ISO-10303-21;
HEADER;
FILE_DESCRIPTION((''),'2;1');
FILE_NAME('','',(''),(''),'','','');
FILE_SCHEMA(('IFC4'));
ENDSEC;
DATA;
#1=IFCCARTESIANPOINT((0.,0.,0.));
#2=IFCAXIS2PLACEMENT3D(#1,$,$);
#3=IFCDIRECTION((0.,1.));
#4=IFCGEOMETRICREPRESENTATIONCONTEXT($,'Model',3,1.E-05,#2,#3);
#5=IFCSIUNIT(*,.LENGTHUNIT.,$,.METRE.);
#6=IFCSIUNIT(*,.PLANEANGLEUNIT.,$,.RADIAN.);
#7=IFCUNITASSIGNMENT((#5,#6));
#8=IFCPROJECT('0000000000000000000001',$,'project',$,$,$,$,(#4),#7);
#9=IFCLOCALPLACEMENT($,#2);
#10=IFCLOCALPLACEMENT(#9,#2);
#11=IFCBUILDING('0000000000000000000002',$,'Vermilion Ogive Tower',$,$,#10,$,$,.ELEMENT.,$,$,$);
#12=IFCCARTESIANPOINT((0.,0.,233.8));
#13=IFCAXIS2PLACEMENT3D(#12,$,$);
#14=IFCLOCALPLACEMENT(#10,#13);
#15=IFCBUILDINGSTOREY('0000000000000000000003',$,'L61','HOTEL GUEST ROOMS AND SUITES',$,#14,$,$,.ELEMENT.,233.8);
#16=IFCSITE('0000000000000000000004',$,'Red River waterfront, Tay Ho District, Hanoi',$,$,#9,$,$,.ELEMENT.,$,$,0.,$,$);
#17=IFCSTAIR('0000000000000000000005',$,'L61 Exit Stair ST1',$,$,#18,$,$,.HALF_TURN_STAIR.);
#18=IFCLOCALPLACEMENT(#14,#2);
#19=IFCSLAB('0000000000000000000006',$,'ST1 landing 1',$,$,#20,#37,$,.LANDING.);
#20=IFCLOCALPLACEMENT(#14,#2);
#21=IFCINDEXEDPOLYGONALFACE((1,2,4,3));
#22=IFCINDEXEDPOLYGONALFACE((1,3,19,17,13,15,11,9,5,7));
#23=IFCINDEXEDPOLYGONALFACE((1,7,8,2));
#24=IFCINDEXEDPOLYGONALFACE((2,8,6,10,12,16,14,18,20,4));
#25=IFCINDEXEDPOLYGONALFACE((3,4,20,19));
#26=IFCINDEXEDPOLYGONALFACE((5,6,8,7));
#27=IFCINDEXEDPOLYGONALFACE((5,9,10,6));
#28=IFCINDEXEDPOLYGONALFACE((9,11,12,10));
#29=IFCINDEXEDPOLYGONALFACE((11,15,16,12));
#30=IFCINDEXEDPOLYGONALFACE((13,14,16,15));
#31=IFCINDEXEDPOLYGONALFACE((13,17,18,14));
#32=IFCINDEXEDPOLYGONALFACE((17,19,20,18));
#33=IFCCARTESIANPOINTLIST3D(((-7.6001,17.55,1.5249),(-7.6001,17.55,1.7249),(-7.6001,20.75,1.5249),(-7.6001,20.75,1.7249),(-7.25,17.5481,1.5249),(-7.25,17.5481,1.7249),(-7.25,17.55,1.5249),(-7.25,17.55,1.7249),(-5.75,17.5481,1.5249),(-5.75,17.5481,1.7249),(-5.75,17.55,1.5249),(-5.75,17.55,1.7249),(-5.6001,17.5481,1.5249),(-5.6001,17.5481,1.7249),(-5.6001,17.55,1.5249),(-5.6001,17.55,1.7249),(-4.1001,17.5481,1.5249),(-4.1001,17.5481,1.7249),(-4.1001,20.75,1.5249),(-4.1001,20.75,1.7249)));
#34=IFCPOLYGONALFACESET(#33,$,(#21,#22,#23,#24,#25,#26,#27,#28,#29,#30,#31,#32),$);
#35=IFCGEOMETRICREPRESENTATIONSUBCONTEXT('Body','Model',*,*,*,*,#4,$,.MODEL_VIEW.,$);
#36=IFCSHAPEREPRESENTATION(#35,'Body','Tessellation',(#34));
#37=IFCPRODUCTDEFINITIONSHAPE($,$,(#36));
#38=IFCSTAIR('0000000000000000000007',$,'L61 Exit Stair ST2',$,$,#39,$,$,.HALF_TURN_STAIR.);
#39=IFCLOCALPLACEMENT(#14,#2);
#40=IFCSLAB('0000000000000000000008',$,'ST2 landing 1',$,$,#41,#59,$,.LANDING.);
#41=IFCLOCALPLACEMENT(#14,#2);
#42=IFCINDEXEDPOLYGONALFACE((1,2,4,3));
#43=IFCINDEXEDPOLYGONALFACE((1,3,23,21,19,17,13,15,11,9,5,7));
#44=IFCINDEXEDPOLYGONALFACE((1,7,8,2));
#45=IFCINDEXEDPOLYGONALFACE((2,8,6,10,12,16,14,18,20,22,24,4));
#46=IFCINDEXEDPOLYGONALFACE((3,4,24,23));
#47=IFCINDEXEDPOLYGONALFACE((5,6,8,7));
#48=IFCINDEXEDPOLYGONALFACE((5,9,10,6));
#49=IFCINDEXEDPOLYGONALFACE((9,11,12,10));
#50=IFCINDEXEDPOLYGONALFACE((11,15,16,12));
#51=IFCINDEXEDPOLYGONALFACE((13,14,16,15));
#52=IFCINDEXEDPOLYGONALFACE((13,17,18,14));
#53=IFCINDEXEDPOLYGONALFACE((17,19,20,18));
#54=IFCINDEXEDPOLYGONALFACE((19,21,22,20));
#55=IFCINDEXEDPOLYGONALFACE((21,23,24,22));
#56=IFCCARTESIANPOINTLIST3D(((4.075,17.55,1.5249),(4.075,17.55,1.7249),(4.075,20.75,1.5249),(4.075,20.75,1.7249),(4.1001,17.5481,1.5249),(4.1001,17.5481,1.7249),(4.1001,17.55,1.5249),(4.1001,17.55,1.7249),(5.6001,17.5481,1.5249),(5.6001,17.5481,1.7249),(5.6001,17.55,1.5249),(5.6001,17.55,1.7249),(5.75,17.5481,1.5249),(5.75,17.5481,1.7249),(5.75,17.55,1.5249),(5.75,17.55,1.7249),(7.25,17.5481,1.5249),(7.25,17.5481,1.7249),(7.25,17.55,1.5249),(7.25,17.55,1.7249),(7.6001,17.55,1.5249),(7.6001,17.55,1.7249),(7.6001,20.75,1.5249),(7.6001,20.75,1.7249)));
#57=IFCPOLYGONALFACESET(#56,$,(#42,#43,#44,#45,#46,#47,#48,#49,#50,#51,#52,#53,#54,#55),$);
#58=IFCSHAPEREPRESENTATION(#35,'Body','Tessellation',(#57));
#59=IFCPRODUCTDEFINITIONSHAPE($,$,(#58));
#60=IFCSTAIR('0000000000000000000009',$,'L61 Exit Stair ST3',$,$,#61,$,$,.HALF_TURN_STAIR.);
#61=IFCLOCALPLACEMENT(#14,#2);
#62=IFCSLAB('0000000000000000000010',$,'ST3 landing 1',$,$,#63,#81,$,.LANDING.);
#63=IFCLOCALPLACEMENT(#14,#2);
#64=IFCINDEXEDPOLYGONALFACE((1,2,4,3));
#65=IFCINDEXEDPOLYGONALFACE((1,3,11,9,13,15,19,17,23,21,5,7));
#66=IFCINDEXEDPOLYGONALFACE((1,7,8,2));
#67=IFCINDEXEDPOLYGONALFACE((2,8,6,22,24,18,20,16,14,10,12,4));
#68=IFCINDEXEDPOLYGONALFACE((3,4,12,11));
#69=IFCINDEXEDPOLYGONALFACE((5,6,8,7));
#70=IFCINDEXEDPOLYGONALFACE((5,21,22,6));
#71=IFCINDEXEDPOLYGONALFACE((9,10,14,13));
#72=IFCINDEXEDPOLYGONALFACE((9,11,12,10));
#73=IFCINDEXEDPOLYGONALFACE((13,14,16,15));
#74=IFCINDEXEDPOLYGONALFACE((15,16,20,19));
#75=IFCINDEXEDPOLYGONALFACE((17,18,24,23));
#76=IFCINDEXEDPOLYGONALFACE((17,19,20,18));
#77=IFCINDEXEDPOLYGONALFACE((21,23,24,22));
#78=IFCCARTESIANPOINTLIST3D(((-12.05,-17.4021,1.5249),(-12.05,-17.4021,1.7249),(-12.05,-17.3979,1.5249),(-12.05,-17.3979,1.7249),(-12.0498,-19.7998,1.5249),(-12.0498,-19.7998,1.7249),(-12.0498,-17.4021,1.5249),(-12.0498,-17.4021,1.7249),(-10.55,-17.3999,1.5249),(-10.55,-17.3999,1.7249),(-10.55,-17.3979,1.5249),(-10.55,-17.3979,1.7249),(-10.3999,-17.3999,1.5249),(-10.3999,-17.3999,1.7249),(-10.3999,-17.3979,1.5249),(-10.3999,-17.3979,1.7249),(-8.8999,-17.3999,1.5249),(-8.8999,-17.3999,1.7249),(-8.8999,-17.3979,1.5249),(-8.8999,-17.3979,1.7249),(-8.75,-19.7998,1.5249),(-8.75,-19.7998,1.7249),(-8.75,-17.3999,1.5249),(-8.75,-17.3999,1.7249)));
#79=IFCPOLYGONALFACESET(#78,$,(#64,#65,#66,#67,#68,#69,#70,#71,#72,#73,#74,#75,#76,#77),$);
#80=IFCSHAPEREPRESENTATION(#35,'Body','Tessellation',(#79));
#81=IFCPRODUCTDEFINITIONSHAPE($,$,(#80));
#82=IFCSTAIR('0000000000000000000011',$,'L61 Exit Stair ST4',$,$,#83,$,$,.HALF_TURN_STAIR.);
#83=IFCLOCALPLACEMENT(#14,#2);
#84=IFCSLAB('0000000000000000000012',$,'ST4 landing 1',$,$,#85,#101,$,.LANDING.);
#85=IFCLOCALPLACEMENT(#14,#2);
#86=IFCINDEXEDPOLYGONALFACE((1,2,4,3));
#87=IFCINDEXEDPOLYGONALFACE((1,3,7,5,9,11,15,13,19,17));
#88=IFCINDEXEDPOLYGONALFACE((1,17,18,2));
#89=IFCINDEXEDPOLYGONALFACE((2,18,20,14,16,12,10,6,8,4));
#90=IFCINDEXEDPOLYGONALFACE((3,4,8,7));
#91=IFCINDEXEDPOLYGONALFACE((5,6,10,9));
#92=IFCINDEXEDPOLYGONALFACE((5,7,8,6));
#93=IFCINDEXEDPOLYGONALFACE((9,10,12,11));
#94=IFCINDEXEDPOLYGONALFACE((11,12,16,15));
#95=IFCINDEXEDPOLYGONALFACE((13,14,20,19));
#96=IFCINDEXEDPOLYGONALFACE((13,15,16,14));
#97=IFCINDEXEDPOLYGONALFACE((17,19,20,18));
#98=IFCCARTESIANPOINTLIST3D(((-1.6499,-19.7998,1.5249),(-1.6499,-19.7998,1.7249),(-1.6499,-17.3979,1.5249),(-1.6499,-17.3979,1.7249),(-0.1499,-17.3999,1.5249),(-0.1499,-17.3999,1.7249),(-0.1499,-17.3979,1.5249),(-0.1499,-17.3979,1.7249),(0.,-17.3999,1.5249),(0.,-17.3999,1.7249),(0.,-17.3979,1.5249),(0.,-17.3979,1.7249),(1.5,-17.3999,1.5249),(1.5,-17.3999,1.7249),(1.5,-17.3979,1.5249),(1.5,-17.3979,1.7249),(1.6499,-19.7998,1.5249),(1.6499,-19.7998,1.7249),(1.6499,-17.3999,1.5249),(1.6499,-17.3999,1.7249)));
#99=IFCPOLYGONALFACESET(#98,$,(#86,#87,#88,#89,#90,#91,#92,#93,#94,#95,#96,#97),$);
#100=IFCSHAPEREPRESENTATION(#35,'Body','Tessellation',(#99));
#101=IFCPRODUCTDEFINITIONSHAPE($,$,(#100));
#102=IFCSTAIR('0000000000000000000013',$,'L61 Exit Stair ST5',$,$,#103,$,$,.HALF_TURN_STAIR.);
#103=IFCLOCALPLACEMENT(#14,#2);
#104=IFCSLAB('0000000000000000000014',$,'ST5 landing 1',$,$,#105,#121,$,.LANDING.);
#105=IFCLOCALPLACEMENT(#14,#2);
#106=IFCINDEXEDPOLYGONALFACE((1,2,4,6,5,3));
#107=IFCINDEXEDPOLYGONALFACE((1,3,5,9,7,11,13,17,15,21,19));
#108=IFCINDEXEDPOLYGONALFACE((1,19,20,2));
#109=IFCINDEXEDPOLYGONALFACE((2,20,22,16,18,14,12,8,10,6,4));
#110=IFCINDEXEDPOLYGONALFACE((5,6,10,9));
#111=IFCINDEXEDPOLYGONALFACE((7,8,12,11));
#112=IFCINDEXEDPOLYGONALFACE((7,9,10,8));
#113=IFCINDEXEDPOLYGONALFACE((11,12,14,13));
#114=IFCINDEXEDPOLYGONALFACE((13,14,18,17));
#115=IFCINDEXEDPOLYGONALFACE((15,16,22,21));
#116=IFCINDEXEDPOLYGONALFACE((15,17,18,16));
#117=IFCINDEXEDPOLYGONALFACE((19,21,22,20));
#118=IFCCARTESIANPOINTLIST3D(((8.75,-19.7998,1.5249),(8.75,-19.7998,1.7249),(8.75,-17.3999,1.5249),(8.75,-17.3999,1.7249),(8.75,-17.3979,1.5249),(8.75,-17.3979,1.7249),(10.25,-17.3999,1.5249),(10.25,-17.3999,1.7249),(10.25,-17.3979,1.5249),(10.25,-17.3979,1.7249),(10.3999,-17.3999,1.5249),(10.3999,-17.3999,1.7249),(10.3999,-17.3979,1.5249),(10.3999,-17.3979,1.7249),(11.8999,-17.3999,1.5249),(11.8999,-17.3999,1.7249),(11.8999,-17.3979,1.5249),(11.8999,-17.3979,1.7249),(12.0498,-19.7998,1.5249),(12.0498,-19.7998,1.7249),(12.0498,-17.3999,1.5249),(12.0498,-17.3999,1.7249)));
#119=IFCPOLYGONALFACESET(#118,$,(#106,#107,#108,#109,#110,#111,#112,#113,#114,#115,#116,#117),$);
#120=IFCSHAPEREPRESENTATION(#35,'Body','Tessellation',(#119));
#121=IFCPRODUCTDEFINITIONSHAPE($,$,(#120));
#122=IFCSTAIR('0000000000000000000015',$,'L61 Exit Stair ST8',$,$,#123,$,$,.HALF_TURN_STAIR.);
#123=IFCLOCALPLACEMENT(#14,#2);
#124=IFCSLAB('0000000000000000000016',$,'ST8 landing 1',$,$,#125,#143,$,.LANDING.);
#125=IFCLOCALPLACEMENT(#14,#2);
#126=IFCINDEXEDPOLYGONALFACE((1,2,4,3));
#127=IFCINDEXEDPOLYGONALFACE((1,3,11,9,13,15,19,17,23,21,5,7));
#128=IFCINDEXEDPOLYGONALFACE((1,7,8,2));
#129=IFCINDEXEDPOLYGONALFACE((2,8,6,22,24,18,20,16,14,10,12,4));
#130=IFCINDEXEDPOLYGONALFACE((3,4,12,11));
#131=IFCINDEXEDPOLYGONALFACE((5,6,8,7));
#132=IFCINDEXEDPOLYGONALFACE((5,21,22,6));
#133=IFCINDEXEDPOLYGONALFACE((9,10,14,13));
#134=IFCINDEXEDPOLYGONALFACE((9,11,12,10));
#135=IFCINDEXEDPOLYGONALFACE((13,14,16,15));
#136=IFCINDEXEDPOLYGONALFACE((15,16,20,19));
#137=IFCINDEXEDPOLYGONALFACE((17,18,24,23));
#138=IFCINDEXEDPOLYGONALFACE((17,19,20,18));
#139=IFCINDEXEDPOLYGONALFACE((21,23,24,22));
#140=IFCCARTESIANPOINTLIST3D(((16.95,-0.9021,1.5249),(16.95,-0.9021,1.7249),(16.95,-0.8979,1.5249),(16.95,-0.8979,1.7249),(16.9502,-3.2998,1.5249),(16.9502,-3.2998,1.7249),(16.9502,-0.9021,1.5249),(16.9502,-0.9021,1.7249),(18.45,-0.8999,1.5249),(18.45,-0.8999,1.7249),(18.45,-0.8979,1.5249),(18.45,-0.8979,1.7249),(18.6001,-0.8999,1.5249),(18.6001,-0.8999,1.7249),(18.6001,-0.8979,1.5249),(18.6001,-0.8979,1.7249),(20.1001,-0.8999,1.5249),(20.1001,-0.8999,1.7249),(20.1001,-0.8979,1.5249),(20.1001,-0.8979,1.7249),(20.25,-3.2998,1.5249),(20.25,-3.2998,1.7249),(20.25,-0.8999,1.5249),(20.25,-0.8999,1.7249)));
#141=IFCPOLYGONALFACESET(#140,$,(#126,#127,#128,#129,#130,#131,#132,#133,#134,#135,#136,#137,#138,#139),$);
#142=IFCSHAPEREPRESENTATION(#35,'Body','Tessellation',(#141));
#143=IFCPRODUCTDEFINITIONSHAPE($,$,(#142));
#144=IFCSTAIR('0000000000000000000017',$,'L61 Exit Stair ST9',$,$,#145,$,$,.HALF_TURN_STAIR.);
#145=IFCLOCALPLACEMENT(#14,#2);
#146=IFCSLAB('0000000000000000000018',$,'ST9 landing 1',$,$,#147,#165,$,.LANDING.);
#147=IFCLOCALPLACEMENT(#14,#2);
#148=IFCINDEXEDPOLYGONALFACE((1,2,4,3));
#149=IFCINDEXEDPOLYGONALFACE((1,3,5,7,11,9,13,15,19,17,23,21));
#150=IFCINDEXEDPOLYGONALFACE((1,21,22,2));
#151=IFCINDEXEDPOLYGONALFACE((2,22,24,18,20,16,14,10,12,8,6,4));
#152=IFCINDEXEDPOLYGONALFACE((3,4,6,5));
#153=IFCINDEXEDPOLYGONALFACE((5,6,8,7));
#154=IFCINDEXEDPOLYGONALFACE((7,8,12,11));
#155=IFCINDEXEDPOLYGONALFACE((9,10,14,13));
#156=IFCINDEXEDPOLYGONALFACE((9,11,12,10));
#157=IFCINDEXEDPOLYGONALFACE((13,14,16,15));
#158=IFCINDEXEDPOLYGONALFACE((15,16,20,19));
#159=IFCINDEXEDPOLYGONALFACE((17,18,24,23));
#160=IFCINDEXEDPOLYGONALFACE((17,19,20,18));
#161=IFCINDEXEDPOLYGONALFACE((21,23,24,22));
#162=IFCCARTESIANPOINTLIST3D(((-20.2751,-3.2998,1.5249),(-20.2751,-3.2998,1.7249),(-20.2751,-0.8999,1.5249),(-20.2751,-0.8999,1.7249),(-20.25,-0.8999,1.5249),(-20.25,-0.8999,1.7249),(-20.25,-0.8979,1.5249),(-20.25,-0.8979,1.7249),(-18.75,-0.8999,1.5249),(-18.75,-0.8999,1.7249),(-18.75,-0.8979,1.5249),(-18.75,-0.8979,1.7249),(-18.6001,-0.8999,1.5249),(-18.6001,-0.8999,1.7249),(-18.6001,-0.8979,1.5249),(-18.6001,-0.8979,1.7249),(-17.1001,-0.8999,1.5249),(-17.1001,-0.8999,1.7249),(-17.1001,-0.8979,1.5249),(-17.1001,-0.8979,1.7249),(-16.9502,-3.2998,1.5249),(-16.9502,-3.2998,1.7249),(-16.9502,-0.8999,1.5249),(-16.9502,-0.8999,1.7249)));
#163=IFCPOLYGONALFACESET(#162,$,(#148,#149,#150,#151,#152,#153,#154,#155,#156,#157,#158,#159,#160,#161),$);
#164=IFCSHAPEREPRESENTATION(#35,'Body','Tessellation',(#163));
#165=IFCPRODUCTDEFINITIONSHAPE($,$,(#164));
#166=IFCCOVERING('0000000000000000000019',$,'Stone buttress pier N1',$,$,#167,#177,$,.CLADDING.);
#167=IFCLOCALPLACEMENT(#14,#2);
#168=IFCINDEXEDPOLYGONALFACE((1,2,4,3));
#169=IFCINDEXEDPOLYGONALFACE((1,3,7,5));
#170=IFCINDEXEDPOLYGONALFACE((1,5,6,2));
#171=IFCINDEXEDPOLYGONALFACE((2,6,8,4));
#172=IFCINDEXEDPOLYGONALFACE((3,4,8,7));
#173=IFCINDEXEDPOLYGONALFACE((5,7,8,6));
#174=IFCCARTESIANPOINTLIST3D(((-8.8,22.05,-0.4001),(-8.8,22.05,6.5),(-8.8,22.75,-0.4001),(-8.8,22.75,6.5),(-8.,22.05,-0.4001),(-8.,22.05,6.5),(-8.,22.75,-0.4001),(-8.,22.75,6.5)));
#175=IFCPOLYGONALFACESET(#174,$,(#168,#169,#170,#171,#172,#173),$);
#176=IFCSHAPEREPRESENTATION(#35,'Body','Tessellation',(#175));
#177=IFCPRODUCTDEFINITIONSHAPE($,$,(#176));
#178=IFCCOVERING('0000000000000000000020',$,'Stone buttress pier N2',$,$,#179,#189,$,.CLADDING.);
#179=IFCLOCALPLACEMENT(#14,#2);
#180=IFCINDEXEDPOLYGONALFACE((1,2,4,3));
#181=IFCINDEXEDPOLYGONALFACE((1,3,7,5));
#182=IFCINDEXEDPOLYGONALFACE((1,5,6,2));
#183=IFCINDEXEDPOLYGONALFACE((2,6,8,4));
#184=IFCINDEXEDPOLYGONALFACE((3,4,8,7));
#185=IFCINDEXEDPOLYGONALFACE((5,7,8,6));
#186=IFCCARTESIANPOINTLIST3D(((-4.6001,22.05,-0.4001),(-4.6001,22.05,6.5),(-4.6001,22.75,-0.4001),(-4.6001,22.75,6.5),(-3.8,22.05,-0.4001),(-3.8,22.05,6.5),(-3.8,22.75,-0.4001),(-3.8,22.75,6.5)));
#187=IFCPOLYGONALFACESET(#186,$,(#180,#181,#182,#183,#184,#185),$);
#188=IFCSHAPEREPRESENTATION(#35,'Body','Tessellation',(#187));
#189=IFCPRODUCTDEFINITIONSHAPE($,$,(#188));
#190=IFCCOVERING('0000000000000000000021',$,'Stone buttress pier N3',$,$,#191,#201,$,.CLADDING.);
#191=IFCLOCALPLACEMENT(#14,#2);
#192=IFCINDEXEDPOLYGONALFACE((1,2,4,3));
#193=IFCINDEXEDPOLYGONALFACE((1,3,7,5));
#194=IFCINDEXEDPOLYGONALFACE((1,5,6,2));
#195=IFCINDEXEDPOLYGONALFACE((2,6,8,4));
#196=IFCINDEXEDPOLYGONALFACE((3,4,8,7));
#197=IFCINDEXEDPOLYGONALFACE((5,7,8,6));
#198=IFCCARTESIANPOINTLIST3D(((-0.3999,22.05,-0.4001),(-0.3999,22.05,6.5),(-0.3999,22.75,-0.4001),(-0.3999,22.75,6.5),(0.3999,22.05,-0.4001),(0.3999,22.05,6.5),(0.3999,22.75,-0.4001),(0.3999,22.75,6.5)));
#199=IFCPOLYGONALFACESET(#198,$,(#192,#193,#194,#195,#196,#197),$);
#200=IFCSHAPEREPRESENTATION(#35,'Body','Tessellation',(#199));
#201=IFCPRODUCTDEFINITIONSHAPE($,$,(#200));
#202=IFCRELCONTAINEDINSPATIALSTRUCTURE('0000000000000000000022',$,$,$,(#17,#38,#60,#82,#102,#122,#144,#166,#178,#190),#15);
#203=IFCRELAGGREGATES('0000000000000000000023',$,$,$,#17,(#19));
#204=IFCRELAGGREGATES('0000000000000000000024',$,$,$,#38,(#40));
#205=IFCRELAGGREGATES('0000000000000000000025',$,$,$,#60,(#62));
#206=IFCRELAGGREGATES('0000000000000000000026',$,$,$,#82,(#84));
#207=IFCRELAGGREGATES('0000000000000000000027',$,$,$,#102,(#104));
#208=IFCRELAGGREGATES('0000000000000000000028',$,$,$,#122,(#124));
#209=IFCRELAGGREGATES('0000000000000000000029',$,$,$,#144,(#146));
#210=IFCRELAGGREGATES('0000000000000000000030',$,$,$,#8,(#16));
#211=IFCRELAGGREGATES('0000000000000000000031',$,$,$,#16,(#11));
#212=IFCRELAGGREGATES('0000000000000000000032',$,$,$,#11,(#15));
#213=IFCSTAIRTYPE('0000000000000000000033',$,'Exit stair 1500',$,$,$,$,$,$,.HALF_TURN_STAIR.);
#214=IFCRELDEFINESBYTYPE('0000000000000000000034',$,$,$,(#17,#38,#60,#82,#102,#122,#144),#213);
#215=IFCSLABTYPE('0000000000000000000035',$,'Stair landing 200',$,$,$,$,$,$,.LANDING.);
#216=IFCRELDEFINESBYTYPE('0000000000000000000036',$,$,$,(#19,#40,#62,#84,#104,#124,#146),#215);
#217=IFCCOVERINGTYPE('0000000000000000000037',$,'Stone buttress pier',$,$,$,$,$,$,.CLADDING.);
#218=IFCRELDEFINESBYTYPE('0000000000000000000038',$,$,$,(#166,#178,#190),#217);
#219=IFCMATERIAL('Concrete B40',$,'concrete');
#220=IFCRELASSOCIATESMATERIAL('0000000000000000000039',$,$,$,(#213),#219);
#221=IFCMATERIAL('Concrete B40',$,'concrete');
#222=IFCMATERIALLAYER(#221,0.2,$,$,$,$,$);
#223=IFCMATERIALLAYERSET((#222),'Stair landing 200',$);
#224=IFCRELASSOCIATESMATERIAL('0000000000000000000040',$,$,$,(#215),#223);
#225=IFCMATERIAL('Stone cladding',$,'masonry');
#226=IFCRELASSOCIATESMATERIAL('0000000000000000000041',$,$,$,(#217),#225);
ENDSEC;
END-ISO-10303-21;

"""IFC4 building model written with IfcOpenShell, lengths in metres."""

from ifc_helpers import new_model, si_unit, direction, frame, origin, place, context, subcontext, project, spatial, polyline, outline, extrude, material, layer, layer_set, type_object, element, aggregate, save


model = new_model("IFC4")

# Units and contexts
model_context = context("Model", 3, precision=1e-05, world=origin(), true_north=direction((0.0, 1.0)))
body_context = subcontext(model_context, "Body", "Model", "MODEL_VIEW")
ifc_project = project(units=[si_unit("LENGTHUNIT", "METRE"), si_unit("PLANEANGLEUNIT", "RADIAN")], contexts=[model_context])

# Site, building, storey
site_placement = place(None, origin())
site = spatial("IfcSite", under=ifc_project, at=site_placement, Name="Red River waterfront, Tay Ho District, Hanoi", CompositionType="ELEMENT", RefElevation=0.0)
building_placement = place(site_placement, origin())
building = spatial("IfcBuilding", under=site, at=building_placement, Name="Vermilion Ogive Tower", CompositionType="ELEMENT")
storey_placement = place(building_placement, frame((0.0, 0.0, 233.8)))
storey = spatial("IfcBuildingStorey", under=building, at=storey_placement, Name="L61", Description="HOTEL GUEST ROOMS AND SUITES", CompositionType="ELEMENT", Elevation=233.8)

# Stairs, slabs
ifc_material_1 = material(Name="Concrete B40", Category="concrete")
stair_type = type_object("IfcStairType", Name="Exit stair 1500", PredefinedType="HALF_TURN_STAIR", material=ifc_material_1)
stair_1_placement = place(storey_placement, origin())
stair_1 = element("IfcStair", 1, at=stair_1_placement, inside=storey, type_object=stair_type, Name="L61 Exit Stair ST1", PredefinedType="HALF_TURN_STAIR")
ifc_material_2 = material(Name="Concrete B40", Category="concrete")
ifc_layer = layer(ifc_material_2, 0.2)
ifc_layer_set = layer_set([ifc_layer], Name="Stair landing 200")
slab_type = type_object("IfcSlabType", Name="Stair landing 200", PredefinedType="LANDING", material=ifc_layer_set)
slab_1_placement = place(storey_placement, frame((0.0, 0.0, 1.5249)))
slab_1 = element("IfcSlab", 2, at=slab_1_placement, type_object=slab_type, Name="ST1 landing 1", PredefinedType="LANDING", context=body_context, shape_type="SweptSolid", body=[
    extrude(outline(polyline([(-7.6001, 17.55), (-7.25, 17.55), (-7.25, 17.5481), (-5.75, 17.5481), (-5.75, 17.55), (-5.6001, 17.55), (-5.6001, 17.5481), (-4.1001, 17.5481), (-4.1001, 20.75), (-7.6001, 20.75), (-7.6001, 17.55)])), origin(), (0.0, 0.0, 1.0), 0.2),
])
aggregate(stair_1, [slab_1])
stair_2_placement = place(storey_placement, origin())
stair_2 = element("IfcStair", 3, at=stair_2_placement, inside=storey, type_object=stair_type, Name="L61 Exit Stair ST2", PredefinedType="HALF_TURN_STAIR")
slab_2_placement = place(storey_placement, frame((0.0, 0.0, 1.5249)))
slab_2 = element("IfcSlab", 4, at=slab_2_placement, type_object=slab_type, Name="ST2 landing 1", PredefinedType="LANDING", context=body_context, shape_type="SweptSolid", body=[
    extrude(outline(polyline([(5.6001, 17.55), (5.75, 17.55), (5.75, 17.5481), (7.25, 17.5481), (7.25, 17.55), (7.6001, 17.55), (7.6001, 20.75), (4.075, 20.75), (4.075, 17.55), (4.1001, 17.55), (4.1001, 17.5481), (5.6001, 17.5481), (5.6001, 17.55)])), origin(), (0.0, 0.0, 1.0), 0.2),
])
aggregate(stair_2, [slab_2])
stair_3_placement = place(storey_placement, origin())
stair_3 = element("IfcStair", 5, at=stair_3_placement, inside=storey, type_object=stair_type, Name="L61 Exit Stair ST3", PredefinedType="HALF_TURN_STAIR")
slab_3_placement = place(storey_placement, frame((0.0, 0.0, 1.5249)))
slab_3 = element("IfcSlab", 6, at=slab_3_placement, type_object=slab_type, Name="ST3 landing 1", PredefinedType="LANDING", context=body_context, shape_type="SweptSolid", body=[
    extrude(outline(polyline([(-8.75, -17.3999), (-8.8999, -17.3999), (-8.8999, -17.3979), (-10.3999, -17.3979), (-10.3999, -17.3999), (-10.55, -17.3999), (-10.55, -17.3979), (-12.05, -17.3979), (-12.05, -17.4021), (-12.0498, -17.4021), (-12.0498, -19.7998), (-8.75, -19.7998), (-8.75, -17.3999)])), origin(), (0.0, 0.0, 1.0), 0.2),
])
aggregate(stair_3, [slab_3])
stair_4_placement = place(storey_placement, origin())
stair_4 = element("IfcStair", 7, at=stair_4_placement, inside=storey, type_object=stair_type, Name="L61 Exit Stair ST4", PredefinedType="HALF_TURN_STAIR")
slab_4_placement = place(storey_placement, frame((0.0, 0.0, 1.5249)))
slab_4 = element("IfcSlab", 8, at=slab_4_placement, type_object=slab_type, Name="ST4 landing 1", PredefinedType="LANDING", context=body_context, shape_type="SweptSolid", body=[
    extrude(outline(polyline([(1.6499, -17.3999), (1.5, -17.3999), (1.5, -17.3979), (0.0, -17.3979), (0.0, -17.3999), (-0.1499, -17.3999), (-0.1499, -17.3979), (-1.6499, -17.3979), (-1.6499, -19.7998), (1.6499, -19.7998), (1.6499, -17.3999)])), origin(), (0.0, 0.0, 1.0), 0.2),
])
aggregate(stair_4, [slab_4])
stair_5_placement = place(storey_placement, origin())
stair_5 = element("IfcStair", 9, at=stair_5_placement, inside=storey, type_object=stair_type, Name="L61 Exit Stair ST5", PredefinedType="HALF_TURN_STAIR")
slab_5_placement = place(storey_placement, frame((0.0, 0.0, 1.5249)))
slab_5 = element("IfcSlab", 10, at=slab_5_placement, type_object=slab_type, Name="ST5 landing 1", PredefinedType="LANDING", context=body_context, shape_type="SweptSolid", body=[
    extrude(outline(polyline([(12.0498, -17.3999), (11.8999, -17.3999), (11.8999, -17.3979), (10.3999, -17.3979), (10.3999, -17.3999), (10.25, -17.3999), (10.25, -17.3979), (8.75, -17.3979), (8.75, -17.3999), (8.75, -17.3999), (8.75, -19.7998), (12.0498, -19.7998), (12.0498, -17.3999)])), origin(), (0.0, 0.0, 1.0), 0.2),
])
aggregate(stair_5, [slab_5])
stair_6_placement = place(storey_placement, origin())
stair_6 = element("IfcStair", 11, at=stair_6_placement, inside=storey, type_object=stair_type, Name="L61 Exit Stair ST8", PredefinedType="HALF_TURN_STAIR")
slab_6_placement = place(storey_placement, frame((0.0, 0.0, 1.5249)))
slab_6 = element("IfcSlab", 12, at=slab_6_placement, type_object=slab_type, Name="ST8 landing 1", PredefinedType="LANDING", context=body_context, shape_type="SweptSolid", body=[
    extrude(outline(polyline([(20.25, -0.8999), (20.1001, -0.8999), (20.1001, -0.8979), (18.6001, -0.8979), (18.6001, -0.8999), (18.45, -0.8999), (18.45, -0.8979), (16.95, -0.8979), (16.95, -0.9021), (16.9502, -0.9021), (16.9502, -3.2998), (20.25, -3.2998), (20.25, -0.8999)])), origin(), (0.0, 0.0, 1.0), 0.2),
])
aggregate(stair_6, [slab_6])
stair_7_placement = place(storey_placement, origin())
stair_7 = element("IfcStair", 13, at=stair_7_placement, inside=storey, type_object=stair_type, Name="L61 Exit Stair ST9", PredefinedType="HALF_TURN_STAIR")
slab_7_placement = place(storey_placement, frame((0.0, 0.0, 1.5249)))
slab_7 = element("IfcSlab", 14, at=slab_7_placement, type_object=slab_type, Name="ST9 landing 1", PredefinedType="LANDING", context=body_context, shape_type="SweptSolid", body=[
    extrude(outline(polyline([(-16.9502, -0.8999), (-17.1001, -0.8999), (-17.1001, -0.8979), (-18.6001, -0.8979), (-18.6001, -0.8999), (-18.75, -0.8999), (-18.75, -0.8979), (-20.25, -0.8979), (-20.25, -0.8999), (-20.2751, -0.8999), (-20.2751, -3.2998), (-16.9502, -3.2998), (-16.9502, -0.8999)])), origin(), (0.0, 0.0, 1.0), 0.2),
])
aggregate(stair_7, [slab_7])

# Coverings
ifc_material_3 = material(Name="Stone cladding", Category="masonry")
covering_type_1 = type_object("IfcCoveringType", Name="Stone buttress pier", PredefinedType="CLADDING", material=ifc_material_3)
covering_1_placement = place(storey_placement, frame((0.0, 0.0, -0.4001)))
element("IfcCovering", 15, at=covering_1_placement, inside=storey, type_object=covering_type_1, Name="Stone buttress pier N1", PredefinedType="CLADDING", context=body_context, shape_type="SweptSolid", body=[
    extrude(outline(polyline([(-8.0, 22.75), (-8.0, 22.05), (-8.8, 22.05), (-8.8, 22.75), (-8.0, 22.75)])), origin(), (0.0, 0.0, 1.0), 6.9001),
])
covering_2_placement = place(storey_placement, frame((0.0, 0.0, -0.4001)))
element("IfcCovering", 16, at=covering_2_placement, inside=storey, type_object=covering_type_1, Name="Stone buttress pier N2", PredefinedType="CLADDING", context=body_context, shape_type="SweptSolid", body=[
    extrude(outline(polyline([(-3.8, 22.75), (-3.8, 22.05), (-4.6001, 22.05), (-4.6001, 22.75), (-3.8, 22.75)])), origin(), (0.0, 0.0, 1.0), 6.9001),
])
covering_3_placement = place(storey_placement, frame((0.0, 0.0, -0.4001)))
element("IfcCovering", 17, at=covering_3_placement, inside=storey, type_object=covering_type_1, Name="Stone buttress pier N3", PredefinedType="CLADDING", context=body_context, shape_type="SweptSolid", body=[
    extrude(outline(polyline([(0.3999, 22.75), (0.3999, 22.05), (-0.3999, 22.05), (-0.3999, 22.75), (0.3999, 22.75)])), origin(), (0.0, 0.0, 1.0), 6.9001),
])

save(model, "model.ifc")
